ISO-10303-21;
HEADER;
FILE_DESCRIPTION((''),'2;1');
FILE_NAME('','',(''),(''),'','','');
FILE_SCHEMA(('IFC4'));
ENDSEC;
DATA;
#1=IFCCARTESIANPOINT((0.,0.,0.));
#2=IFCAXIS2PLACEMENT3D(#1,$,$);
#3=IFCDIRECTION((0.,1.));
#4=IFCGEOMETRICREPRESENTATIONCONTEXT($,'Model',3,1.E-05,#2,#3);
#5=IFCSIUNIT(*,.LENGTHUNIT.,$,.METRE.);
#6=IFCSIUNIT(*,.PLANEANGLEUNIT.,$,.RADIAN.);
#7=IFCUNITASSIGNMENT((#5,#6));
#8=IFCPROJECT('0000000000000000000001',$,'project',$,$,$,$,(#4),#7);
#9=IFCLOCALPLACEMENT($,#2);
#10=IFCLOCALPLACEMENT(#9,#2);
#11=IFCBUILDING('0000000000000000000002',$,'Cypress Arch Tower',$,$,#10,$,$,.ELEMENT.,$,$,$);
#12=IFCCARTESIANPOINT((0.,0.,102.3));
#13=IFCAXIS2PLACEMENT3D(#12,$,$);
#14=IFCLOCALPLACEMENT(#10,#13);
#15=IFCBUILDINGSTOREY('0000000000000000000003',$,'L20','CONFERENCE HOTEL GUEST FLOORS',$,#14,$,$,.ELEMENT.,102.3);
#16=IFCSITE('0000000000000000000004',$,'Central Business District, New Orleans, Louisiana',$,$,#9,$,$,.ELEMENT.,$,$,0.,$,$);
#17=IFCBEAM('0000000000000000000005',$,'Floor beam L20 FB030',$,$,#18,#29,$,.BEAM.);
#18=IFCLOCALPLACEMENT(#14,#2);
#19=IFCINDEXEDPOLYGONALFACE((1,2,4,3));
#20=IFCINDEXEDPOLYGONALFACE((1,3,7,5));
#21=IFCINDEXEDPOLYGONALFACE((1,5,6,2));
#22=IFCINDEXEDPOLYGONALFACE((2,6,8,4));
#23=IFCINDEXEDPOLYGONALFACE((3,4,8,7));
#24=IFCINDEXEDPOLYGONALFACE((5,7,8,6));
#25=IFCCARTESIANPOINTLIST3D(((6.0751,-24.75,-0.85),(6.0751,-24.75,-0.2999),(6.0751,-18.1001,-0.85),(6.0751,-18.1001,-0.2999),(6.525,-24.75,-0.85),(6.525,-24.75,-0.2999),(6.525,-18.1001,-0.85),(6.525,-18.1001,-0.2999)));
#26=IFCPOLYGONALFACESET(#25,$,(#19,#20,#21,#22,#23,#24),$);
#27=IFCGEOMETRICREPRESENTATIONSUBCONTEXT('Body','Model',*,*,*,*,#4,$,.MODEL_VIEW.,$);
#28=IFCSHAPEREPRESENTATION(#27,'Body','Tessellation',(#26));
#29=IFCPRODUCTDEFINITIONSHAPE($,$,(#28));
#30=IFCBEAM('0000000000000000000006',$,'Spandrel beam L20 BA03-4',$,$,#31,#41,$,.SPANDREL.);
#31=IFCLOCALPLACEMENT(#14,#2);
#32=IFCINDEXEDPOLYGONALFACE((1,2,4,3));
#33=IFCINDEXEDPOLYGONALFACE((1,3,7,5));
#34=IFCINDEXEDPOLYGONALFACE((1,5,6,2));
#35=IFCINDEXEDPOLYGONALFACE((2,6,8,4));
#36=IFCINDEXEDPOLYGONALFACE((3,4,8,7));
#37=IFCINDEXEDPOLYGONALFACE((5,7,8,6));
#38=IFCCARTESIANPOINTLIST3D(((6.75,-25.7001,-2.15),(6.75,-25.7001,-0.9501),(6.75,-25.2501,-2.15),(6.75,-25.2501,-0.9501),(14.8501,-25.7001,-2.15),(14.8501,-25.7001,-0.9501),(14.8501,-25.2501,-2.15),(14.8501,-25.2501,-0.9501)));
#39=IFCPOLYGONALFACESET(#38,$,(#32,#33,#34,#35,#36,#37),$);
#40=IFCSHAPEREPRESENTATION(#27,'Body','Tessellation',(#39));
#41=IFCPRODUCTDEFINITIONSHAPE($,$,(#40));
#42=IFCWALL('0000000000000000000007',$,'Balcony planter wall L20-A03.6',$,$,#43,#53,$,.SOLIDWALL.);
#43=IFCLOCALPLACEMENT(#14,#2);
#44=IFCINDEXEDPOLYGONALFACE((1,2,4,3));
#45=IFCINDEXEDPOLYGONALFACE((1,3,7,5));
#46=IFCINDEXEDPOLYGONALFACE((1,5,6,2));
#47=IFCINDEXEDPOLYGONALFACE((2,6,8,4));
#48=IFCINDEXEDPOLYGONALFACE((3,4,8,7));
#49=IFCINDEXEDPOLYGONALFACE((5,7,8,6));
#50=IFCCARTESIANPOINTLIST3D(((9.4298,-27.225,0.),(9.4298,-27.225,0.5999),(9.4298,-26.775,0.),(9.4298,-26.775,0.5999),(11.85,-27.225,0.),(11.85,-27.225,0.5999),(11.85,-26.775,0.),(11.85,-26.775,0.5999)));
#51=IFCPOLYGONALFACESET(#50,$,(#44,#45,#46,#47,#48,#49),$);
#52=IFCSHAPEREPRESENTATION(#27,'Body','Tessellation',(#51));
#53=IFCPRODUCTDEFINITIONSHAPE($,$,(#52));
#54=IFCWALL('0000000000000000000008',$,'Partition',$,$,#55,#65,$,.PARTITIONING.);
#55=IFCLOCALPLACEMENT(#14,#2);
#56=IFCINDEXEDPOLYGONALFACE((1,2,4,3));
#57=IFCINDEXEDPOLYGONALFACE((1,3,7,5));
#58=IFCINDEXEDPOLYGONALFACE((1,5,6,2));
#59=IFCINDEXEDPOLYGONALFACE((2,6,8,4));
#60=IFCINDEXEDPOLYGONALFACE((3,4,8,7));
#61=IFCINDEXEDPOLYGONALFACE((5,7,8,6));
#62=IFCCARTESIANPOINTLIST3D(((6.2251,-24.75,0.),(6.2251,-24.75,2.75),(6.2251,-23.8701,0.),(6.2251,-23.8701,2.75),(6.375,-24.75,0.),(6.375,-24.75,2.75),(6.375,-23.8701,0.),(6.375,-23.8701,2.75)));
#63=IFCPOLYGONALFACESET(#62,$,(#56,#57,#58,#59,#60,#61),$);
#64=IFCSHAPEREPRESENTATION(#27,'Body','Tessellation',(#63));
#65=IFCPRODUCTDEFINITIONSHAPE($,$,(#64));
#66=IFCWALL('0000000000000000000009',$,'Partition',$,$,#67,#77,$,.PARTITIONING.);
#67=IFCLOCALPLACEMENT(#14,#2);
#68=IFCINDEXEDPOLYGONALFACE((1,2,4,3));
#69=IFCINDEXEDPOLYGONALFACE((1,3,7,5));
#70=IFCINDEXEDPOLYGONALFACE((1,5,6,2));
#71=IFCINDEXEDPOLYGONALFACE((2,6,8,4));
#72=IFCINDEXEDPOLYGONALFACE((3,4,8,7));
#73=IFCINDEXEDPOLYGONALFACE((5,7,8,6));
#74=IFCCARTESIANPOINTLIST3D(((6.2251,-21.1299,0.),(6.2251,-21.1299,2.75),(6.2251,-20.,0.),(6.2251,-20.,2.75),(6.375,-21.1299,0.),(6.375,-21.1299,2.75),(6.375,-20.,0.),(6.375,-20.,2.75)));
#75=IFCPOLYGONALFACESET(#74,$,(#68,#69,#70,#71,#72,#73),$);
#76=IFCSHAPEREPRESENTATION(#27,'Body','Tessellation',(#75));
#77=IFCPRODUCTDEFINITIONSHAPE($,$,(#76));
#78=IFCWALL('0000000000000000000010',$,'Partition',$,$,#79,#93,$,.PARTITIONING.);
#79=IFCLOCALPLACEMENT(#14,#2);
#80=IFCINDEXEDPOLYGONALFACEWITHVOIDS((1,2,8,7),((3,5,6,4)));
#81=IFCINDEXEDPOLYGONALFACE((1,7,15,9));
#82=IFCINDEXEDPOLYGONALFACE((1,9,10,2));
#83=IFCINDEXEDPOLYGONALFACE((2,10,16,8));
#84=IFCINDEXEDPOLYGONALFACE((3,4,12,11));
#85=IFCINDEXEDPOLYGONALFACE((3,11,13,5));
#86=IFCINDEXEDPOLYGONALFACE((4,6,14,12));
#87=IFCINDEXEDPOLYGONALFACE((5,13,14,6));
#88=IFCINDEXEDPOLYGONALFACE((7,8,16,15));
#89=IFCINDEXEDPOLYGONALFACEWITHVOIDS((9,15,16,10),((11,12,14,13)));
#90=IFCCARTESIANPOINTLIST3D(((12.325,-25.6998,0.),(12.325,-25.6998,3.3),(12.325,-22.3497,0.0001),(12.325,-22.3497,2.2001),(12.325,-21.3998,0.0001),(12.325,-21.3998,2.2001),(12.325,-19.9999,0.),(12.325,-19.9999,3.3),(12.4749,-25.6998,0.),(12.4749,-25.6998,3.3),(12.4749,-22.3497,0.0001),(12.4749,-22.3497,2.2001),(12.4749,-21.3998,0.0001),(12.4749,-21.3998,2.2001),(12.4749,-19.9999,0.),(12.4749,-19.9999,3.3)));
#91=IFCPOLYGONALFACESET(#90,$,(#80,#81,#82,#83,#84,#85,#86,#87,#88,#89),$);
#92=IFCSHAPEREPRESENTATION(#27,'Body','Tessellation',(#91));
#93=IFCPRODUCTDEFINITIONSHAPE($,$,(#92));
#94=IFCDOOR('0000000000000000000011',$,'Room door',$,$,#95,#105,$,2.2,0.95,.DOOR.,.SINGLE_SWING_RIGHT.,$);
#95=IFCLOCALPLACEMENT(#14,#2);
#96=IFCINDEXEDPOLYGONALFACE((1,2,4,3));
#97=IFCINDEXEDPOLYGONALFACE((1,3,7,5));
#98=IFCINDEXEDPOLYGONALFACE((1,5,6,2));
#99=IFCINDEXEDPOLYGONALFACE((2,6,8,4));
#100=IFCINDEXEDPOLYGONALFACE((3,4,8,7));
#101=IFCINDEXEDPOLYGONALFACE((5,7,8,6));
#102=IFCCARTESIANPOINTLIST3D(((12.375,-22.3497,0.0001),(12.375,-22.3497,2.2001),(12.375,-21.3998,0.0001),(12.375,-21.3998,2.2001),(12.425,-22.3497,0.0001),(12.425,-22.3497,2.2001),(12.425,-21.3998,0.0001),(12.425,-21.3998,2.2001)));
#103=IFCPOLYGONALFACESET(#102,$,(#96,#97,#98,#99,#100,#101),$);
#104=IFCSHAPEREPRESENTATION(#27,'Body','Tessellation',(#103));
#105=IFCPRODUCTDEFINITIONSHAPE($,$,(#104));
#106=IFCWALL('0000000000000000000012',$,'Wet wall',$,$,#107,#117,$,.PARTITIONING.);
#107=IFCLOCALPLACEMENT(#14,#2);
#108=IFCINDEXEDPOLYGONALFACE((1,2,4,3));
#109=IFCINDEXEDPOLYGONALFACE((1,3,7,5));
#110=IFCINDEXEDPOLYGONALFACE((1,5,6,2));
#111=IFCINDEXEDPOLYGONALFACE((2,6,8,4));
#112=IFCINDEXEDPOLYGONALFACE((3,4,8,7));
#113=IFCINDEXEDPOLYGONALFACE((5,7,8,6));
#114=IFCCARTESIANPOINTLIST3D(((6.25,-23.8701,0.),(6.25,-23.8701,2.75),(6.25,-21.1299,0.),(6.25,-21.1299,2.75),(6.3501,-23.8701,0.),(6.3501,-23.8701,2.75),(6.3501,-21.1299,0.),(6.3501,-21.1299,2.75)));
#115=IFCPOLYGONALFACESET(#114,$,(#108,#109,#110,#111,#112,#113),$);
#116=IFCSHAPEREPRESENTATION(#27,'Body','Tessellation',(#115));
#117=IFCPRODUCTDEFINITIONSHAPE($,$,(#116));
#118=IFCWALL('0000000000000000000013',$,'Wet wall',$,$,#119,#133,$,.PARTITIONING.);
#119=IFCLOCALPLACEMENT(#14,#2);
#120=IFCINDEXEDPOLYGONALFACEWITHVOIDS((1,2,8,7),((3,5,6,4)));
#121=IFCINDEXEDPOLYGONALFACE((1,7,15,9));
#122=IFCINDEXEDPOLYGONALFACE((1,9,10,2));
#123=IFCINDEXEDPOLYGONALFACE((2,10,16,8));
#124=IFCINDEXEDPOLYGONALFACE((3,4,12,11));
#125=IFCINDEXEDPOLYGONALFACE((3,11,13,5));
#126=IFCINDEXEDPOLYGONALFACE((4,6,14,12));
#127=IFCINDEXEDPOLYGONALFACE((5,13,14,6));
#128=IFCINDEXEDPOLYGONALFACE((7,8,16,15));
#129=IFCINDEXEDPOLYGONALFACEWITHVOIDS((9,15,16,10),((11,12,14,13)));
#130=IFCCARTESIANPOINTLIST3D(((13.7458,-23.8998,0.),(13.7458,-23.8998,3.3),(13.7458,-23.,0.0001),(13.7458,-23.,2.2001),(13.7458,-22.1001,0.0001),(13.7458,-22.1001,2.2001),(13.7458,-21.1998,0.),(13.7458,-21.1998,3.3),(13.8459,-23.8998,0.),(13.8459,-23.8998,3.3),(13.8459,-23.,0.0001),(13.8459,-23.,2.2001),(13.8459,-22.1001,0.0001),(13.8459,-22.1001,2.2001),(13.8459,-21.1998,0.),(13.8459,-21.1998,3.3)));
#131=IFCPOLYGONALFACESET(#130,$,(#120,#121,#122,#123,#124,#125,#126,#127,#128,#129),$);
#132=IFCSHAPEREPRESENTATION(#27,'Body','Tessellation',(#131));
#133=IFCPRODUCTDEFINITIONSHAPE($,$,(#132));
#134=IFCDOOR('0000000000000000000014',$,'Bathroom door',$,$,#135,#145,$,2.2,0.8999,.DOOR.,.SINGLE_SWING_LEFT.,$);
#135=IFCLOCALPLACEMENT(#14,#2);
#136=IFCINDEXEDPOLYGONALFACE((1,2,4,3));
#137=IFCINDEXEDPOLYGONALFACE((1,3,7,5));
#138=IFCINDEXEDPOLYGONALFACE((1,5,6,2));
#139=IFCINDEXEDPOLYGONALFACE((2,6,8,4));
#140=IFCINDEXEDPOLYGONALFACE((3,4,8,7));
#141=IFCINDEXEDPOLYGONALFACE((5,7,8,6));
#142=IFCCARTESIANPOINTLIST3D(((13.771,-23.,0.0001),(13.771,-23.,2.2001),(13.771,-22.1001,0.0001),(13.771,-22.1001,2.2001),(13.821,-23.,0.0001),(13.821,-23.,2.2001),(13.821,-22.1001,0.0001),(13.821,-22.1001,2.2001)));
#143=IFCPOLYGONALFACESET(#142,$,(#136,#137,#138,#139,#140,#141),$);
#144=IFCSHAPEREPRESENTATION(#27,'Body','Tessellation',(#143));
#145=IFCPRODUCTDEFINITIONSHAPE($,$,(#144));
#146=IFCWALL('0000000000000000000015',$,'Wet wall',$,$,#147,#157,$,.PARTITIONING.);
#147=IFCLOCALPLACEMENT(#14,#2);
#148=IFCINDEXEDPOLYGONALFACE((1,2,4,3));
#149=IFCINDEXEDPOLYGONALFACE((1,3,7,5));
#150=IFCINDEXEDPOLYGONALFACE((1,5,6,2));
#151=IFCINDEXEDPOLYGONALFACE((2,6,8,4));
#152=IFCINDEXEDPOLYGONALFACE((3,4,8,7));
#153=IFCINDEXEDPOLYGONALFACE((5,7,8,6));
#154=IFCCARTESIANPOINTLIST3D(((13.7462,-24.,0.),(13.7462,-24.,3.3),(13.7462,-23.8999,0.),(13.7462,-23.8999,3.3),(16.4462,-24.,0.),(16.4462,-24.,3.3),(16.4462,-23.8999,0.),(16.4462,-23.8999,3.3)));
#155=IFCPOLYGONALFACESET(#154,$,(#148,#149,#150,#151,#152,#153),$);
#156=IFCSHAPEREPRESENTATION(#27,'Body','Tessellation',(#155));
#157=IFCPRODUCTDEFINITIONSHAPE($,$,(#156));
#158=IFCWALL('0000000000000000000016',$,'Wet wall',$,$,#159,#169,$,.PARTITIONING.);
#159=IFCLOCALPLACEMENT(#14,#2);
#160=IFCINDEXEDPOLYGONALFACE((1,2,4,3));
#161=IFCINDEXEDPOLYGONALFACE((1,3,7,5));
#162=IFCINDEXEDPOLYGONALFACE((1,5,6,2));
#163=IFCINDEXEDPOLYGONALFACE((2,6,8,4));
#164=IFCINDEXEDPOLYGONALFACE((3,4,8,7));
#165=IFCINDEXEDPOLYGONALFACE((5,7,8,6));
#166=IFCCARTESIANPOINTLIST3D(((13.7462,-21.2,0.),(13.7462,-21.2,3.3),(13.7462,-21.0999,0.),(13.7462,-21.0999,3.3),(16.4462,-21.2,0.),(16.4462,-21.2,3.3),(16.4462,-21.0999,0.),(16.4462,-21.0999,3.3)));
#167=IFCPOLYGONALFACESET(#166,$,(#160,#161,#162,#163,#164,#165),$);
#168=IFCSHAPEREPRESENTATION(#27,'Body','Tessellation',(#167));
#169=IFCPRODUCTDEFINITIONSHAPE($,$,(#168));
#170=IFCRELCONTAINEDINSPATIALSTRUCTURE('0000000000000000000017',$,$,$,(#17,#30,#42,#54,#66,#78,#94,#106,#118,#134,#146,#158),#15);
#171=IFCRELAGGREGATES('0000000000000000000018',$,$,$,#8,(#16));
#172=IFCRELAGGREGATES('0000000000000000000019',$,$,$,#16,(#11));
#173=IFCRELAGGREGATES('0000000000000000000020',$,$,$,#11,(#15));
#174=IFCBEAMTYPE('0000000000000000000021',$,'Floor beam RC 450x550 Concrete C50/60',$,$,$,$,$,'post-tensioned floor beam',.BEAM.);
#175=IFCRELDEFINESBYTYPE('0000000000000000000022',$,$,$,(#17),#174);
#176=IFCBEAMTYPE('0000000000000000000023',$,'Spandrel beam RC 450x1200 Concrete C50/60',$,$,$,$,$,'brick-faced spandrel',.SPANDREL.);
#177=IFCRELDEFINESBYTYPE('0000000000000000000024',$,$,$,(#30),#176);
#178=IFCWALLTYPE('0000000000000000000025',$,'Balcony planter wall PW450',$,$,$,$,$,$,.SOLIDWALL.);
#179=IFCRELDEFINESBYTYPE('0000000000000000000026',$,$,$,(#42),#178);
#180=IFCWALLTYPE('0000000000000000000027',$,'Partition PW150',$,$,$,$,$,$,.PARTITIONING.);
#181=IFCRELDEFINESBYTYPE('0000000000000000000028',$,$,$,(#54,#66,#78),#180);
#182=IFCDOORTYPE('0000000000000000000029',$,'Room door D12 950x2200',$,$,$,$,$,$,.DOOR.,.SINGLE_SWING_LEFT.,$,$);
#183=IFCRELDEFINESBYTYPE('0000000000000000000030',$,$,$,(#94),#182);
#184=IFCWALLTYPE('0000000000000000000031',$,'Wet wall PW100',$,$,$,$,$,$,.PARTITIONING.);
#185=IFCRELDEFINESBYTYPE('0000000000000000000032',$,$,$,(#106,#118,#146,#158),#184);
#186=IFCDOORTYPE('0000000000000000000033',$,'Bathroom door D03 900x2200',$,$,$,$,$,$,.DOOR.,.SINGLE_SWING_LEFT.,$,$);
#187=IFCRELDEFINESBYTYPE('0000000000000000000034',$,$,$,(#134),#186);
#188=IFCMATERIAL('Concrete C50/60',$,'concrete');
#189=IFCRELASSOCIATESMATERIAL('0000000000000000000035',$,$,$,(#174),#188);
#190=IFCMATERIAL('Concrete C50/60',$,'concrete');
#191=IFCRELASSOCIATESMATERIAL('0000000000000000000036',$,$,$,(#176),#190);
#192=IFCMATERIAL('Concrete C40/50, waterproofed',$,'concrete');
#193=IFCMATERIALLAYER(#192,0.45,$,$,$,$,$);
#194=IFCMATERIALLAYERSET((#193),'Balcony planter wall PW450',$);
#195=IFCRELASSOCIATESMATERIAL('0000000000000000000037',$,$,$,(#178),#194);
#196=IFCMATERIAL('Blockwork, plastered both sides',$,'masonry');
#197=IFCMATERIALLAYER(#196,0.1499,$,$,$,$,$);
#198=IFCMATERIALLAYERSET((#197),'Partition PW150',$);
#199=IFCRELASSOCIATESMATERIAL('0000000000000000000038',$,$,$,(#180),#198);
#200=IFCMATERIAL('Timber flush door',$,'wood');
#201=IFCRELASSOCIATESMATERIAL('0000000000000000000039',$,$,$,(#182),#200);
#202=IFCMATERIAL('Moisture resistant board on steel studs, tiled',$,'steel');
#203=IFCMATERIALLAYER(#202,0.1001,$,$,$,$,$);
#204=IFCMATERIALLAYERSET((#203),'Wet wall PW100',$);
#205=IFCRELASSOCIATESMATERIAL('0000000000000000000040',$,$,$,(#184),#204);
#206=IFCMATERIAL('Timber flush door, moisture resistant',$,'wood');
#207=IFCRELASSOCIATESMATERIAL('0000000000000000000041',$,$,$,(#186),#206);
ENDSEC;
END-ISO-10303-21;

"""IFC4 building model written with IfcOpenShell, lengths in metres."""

from ifc_helpers import new_model, si_unit, direction, frame, frame_2d, origin, origin_2d, place, context, subcontext, project, spatial, rectangle, extrude, material, layer, layer_set, material_profile, profile_set, type_object, element, fill, save


model = new_model("IFC4")

# Units and contexts
model_context = context("Model", 3, precision=1e-05, world=origin(), true_north=direction((0.0, 1.0)))
body_context = subcontext(model_context, "Body", "Model", "MODEL_VIEW")
ifc_project = project(units=[si_unit("LENGTHUNIT", "METRE"), si_unit("PLANEANGLEUNIT", "RADIAN")], contexts=[model_context])

# Site, building, storey
site_placement = place(None, origin())
site = spatial("IfcSite", under=ifc_project, at=site_placement, Name="Central Business District, New Orleans, Louisiana", CompositionType="ELEMENT", RefElevation=0.0)
building_placement = place(site_placement, origin())
building = spatial("IfcBuilding", under=site, at=building_placement, Name="Cypress Arch Tower", CompositionType="ELEMENT")
storey_placement = place(building_placement, frame((0.0, 0.0, 102.3)))
storey = spatial("IfcBuildingStorey", under=building, at=storey_placement, Name="L20", Description="CONFERENCE HOTEL GUEST FLOORS", CompositionType="ELEMENT", Elevation=102.3)

# Beams
ifc_material_1 = material(Name="Concrete C50/60", Category="concrete")
ifc_material_profile_1 = material_profile(ifc_material_1, rectangle(XDim=0.45, YDim=0.55, at=origin_2d()), Name="RC 450x550")
ifc_profile_set_1 = profile_set([ifc_material_profile_1], Name="Concrete C50/60")
beam_type_1 = type_object("IfcBeamType", Name="Floor beam RC 450x550 Concrete C50/60", ElementType="post-tensioned floor beam", PredefinedType="BEAM", material=ifc_profile_set_1)
beam_1_placement = place(storey_placement, frame((6.3, -24.75, -0.575), z_axis=(0.0, 1.0, 0.0), x_axis=(-1.0, 0.0, 0.0)))
element("IfcBeam", 1, at=beam_1_placement, inside=storey, type_object=beam_type_1, Name="Floor beam L20 FB030", PredefinedType="BEAM", context=body_context, shape_type="SweptSolid", body=[
    extrude(rectangle(XDim=0.45, YDim=0.55, at=origin_2d()), origin(), (0.0, 0.0, 1.0), 6.6499),
])
ifc_material_2 = material(Name="Concrete C50/60", Category="concrete")
ifc_material_profile_2 = material_profile(ifc_material_2, rectangle(XDim=0.45, YDim=1.2, at=origin_2d()), Name="RC 450x1200")
ifc_profile_set_2 = profile_set([ifc_material_profile_2], Name="Concrete C50/60")
beam_type_2 = type_object("IfcBeamType", Name="Spandrel beam RC 450x1200 Concrete C50/60", ElementType="brick-faced spandrel", PredefinedType="SPANDREL", material=ifc_profile_set_2)
beam_2_placement = place(storey_placement, frame((6.75, -25.4751, -1.55), z_axis=(1.0, 0.0, 0.0), x_axis=(0.0, 1.0, 0.0)))
element("IfcBeam", 2, at=beam_2_placement, inside=storey, type_object=beam_type_2, Name="Spandrel beam L20 BA03-4", PredefinedType="SPANDREL", context=body_context, shape_type="SweptSolid", body=[
    extrude(rectangle(XDim=0.45, YDim=1.2, at=origin_2d()), origin(), (0.0, 0.0, 1.0), 8.1001),
])

# Wall
ifc_material_3 = material(Name="Concrete C40/50, waterproofed", Category="concrete")
ifc_layer_1 = layer(ifc_material_3, 0.45)
ifc_layer_set_1 = layer_set([ifc_layer_1], Name="Balcony planter wall PW450")
wall_type_1 = type_object("IfcWallType", Name="Balcony planter wall PW450", PredefinedType="SOLIDWALL", material=ifc_layer_set_1)
wall_1_placement = place(storey_placement, frame((9.4299, -27.0, 0.0), z_axis=(0.0, 0.0, 1.0), x_axis=(1.0, 0.0, 0.0)))
element("IfcWall", 3, at=wall_1_placement, inside=storey, type_object=wall_type_1, Name="Balcony planter wall L20-A03.6", PredefinedType="SOLIDWALL", context=body_context, shape_type="SweptSolid", body=[
    extrude(rectangle(XDim=2.4202, YDim=0.45, at=frame_2d((1.21, 0.0))), origin(), (0.0, 0.0, 1.0), 0.5999),
])

# Walls
ifc_material_4 = material(Name="Blockwork, plastered both sides", Category="masonry")
ifc_layer_2 = layer(ifc_material_4, 0.1499)
ifc_layer_set_2 = layer_set([ifc_layer_2], Name="Partition PW150")
wall_type_2 = type_object("IfcWallType", Name="Partition PW150", PredefinedType="PARTITIONING", material=ifc_layer_set_2)
wall_2_placement = place(storey_placement, frame((6.3, -24.75, 0.0), z_axis=(0.0, 0.0, 1.0), x_axis=(0.0, 1.0, 0.0)))
element("IfcWall", 4, at=wall_2_placement, inside=storey, type_object=wall_type_2, Name="Partition", PredefinedType="PARTITIONING", context=body_context, shape_type="SweptSolid", body=[
    extrude(rectangle(XDim=0.8799, YDim=0.1499, at=frame_2d((0.4399, 0.0))), origin(), (0.0, 0.0, 1.0), 2.75),
])
wall_3_placement = place(storey_placement, frame((6.3, -21.1299, 0.0), z_axis=(0.0, 0.0, 1.0), x_axis=(0.0, 1.0, 0.0)))
element("IfcWall", 5, at=wall_3_placement, inside=storey, type_object=wall_type_2, Name="Partition", PredefinedType="PARTITIONING", context=body_context, shape_type="SweptSolid", body=[
    extrude(rectangle(XDim=1.1299, YDim=0.1499, at=frame_2d((0.5649, 0.0))), origin(), (0.0, 0.0, 1.0), 2.75),
])

# Wall, opening, door
wall_4_placement = place(storey_placement, frame((12.3999, -25.7, 0.0), z_axis=(0.0, 0.0, 1.0), x_axis=(0.0, 1.0, 0.0)))
wall_4 = element("IfcWall", 6, at=wall_4_placement, inside=storey, type_object=wall_type_2, Name="Partition", PredefinedType="PARTITIONING", context=body_context, shape_type="SweptSolid", body=[
    extrude(rectangle(XDim=5.7, YDim=0.1499, at=frame_2d((2.8501, 0.0))), origin(), (0.0, 0.0, 1.0), 3.3),
])
opening_1_placement = place(wall_4_placement, frame((3.3501, 0.0, 0.0)))
opening_1 = element("IfcOpeningElement", 7, at=opening_1_placement, cuts=wall_4, PredefinedType="OPENING", context=body_context, shape_type="SweptSolid", body=[
    extrude(rectangle(XDim=0.95, YDim=2.2, at=frame_2d((0.4751, 1.1001))), frame((0.0, 0.085, 0.0), z_axis=(0.0, -1.0, 0.0), x_axis=(1.0, 0.0, 0.0)), (0.0, 0.0, 1.0), 0.1699),
])
ifc_material_5 = material(Name="Timber flush door", Category="wood")
door_type_1 = type_object("IfcDoorType", Name="Room door D12 950x2200", OperationType="SINGLE_SWING_LEFT", PredefinedType="DOOR", material=ifc_material_5)
door_1_placement = place(opening_1_placement, origin())
door_1 = element("IfcDoor", 8, at=door_1_placement, inside=storey, type_object=door_type_1, Name="Room door", OperationType="SINGLE_SWING_RIGHT", OverallHeight=2.2, OverallWidth=0.95, PredefinedType="DOOR", context=body_context, shape_type="SweptSolid", body=[
    extrude(rectangle(XDim=0.95, YDim=2.2, at=frame_2d((0.4751, 1.1001))), frame((0.0, 0.0249, 0.0), z_axis=(0.0, -1.0, 0.0), x_axis=(1.0, 0.0, 0.0)), (0.0, 0.0, 1.0), 0.05),
])
fill(opening_1, door_1)

# Wall
ifc_material_6 = material(Name="Moisture resistant board on steel studs, tiled", Category="steel")
ifc_layer_3 = layer(ifc_material_6, 0.1001)
ifc_layer_set_3 = layer_set([ifc_layer_3], Name="Wet wall PW100")
wall_type_3 = type_object("IfcWallType", Name="Wet wall PW100", PredefinedType="PARTITIONING", material=ifc_layer_set_3)
wall_5_placement = place(storey_placement, frame((6.3, -23.8701, 0.0), z_axis=(0.0, 0.0, 1.0), x_axis=(0.0, 1.0, 0.0)))
element("IfcWall", 9, at=wall_5_placement, inside=storey, type_object=wall_type_3, Name="Wet wall", PredefinedType="PARTITIONING", context=body_context, shape_type="SweptSolid", body=[
    extrude(rectangle(XDim=2.7402, YDim=0.1001, at=frame_2d((1.3701, 0.0))), origin(), (0.0, 0.0, 1.0), 2.75),
])

# Wall, opening, door
wall_6_placement = place(storey_placement, frame((13.7959, -23.8999, 0.0), z_axis=(0.0, 0.0, 1.0), x_axis=(0.0, 1.0, 0.0)))
wall_6 = element("IfcWall", 10, at=wall_6_placement, inside=storey, type_object=wall_type_3, Name="Wet wall", PredefinedType="PARTITIONING", context=body_context, shape_type="SweptSolid", body=[
    extrude(rectangle(XDim=2.7, YDim=0.1001, at=frame_2d((1.3501, 0.0))), origin(), (0.0, 0.0, 1.0), 3.3),
])
opening_2_placement = place(wall_6_placement, frame((0.8999, 0.0, 0.0)))
opening_2 = element("IfcOpeningElement", 11, at=opening_2_placement, cuts=wall_6, PredefinedType="OPENING", context=body_context, shape_type="SweptSolid", body=[
    extrude(rectangle(XDim=0.8999, YDim=2.2, at=frame_2d((0.45, 1.1001))), frame((0.0, 0.0601, 0.0), z_axis=(0.0, -1.0, 0.0), x_axis=(1.0, 0.0, 0.0)), (0.0, 0.0, 1.0), 0.1201),
])
ifc_material_7 = material(Name="Timber flush door, moisture resistant", Category="wood")
door_type_2 = type_object("IfcDoorType", Name="Bathroom door D03 900x2200", OperationType="SINGLE_SWING_LEFT", PredefinedType="DOOR", material=ifc_material_7)
door_2_placement = place(opening_2_placement, origin())
door_2 = element("IfcDoor", 12, at=door_2_placement, inside=storey, type_object=door_type_2, Name="Bathroom door", OperationType="SINGLE_SWING_LEFT", OverallHeight=2.2, OverallWidth=0.8999, PredefinedType="DOOR", context=body_context, shape_type="SweptSolid", body=[
    extrude(rectangle(XDim=0.8999, YDim=2.2, at=frame_2d((0.45, 1.1001))), frame((0.0, 0.0249, 0.0), z_axis=(0.0, -1.0, 0.0), x_axis=(1.0, 0.0, 0.0)), (0.0, 0.0, 1.0), 0.05),
])
fill(opening_2, door_2)

# Walls
for number, where, z_axis, x_axis, name in (
    (13, (13.7461, -23.95, 0.0), (0.0, 0.0, 1.0), (1.0, 0.0, 0.0), "Wet wall"),
    (14, (13.7461, -21.1499, 0.0), (0.0, 0.0, 1.0), (1.0, 0.0, 0.0), "Wet wall"),
):
    element("IfcWall", number, at=place(storey_placement, frame(where, z_axis=z_axis, x_axis=x_axis)), inside=storey, type_object=wall_type_3, Name=name, PredefinedType="PARTITIONING", context=body_context, shape_type="SweptSolid", body=[
        extrude(rectangle(XDim=2.7, YDim=0.1001, at=frame_2d((1.3501, 0.0))), origin(), (0.0, 0.0, 1.0), 3.3),
    ])

save(model, "model.ifc")
